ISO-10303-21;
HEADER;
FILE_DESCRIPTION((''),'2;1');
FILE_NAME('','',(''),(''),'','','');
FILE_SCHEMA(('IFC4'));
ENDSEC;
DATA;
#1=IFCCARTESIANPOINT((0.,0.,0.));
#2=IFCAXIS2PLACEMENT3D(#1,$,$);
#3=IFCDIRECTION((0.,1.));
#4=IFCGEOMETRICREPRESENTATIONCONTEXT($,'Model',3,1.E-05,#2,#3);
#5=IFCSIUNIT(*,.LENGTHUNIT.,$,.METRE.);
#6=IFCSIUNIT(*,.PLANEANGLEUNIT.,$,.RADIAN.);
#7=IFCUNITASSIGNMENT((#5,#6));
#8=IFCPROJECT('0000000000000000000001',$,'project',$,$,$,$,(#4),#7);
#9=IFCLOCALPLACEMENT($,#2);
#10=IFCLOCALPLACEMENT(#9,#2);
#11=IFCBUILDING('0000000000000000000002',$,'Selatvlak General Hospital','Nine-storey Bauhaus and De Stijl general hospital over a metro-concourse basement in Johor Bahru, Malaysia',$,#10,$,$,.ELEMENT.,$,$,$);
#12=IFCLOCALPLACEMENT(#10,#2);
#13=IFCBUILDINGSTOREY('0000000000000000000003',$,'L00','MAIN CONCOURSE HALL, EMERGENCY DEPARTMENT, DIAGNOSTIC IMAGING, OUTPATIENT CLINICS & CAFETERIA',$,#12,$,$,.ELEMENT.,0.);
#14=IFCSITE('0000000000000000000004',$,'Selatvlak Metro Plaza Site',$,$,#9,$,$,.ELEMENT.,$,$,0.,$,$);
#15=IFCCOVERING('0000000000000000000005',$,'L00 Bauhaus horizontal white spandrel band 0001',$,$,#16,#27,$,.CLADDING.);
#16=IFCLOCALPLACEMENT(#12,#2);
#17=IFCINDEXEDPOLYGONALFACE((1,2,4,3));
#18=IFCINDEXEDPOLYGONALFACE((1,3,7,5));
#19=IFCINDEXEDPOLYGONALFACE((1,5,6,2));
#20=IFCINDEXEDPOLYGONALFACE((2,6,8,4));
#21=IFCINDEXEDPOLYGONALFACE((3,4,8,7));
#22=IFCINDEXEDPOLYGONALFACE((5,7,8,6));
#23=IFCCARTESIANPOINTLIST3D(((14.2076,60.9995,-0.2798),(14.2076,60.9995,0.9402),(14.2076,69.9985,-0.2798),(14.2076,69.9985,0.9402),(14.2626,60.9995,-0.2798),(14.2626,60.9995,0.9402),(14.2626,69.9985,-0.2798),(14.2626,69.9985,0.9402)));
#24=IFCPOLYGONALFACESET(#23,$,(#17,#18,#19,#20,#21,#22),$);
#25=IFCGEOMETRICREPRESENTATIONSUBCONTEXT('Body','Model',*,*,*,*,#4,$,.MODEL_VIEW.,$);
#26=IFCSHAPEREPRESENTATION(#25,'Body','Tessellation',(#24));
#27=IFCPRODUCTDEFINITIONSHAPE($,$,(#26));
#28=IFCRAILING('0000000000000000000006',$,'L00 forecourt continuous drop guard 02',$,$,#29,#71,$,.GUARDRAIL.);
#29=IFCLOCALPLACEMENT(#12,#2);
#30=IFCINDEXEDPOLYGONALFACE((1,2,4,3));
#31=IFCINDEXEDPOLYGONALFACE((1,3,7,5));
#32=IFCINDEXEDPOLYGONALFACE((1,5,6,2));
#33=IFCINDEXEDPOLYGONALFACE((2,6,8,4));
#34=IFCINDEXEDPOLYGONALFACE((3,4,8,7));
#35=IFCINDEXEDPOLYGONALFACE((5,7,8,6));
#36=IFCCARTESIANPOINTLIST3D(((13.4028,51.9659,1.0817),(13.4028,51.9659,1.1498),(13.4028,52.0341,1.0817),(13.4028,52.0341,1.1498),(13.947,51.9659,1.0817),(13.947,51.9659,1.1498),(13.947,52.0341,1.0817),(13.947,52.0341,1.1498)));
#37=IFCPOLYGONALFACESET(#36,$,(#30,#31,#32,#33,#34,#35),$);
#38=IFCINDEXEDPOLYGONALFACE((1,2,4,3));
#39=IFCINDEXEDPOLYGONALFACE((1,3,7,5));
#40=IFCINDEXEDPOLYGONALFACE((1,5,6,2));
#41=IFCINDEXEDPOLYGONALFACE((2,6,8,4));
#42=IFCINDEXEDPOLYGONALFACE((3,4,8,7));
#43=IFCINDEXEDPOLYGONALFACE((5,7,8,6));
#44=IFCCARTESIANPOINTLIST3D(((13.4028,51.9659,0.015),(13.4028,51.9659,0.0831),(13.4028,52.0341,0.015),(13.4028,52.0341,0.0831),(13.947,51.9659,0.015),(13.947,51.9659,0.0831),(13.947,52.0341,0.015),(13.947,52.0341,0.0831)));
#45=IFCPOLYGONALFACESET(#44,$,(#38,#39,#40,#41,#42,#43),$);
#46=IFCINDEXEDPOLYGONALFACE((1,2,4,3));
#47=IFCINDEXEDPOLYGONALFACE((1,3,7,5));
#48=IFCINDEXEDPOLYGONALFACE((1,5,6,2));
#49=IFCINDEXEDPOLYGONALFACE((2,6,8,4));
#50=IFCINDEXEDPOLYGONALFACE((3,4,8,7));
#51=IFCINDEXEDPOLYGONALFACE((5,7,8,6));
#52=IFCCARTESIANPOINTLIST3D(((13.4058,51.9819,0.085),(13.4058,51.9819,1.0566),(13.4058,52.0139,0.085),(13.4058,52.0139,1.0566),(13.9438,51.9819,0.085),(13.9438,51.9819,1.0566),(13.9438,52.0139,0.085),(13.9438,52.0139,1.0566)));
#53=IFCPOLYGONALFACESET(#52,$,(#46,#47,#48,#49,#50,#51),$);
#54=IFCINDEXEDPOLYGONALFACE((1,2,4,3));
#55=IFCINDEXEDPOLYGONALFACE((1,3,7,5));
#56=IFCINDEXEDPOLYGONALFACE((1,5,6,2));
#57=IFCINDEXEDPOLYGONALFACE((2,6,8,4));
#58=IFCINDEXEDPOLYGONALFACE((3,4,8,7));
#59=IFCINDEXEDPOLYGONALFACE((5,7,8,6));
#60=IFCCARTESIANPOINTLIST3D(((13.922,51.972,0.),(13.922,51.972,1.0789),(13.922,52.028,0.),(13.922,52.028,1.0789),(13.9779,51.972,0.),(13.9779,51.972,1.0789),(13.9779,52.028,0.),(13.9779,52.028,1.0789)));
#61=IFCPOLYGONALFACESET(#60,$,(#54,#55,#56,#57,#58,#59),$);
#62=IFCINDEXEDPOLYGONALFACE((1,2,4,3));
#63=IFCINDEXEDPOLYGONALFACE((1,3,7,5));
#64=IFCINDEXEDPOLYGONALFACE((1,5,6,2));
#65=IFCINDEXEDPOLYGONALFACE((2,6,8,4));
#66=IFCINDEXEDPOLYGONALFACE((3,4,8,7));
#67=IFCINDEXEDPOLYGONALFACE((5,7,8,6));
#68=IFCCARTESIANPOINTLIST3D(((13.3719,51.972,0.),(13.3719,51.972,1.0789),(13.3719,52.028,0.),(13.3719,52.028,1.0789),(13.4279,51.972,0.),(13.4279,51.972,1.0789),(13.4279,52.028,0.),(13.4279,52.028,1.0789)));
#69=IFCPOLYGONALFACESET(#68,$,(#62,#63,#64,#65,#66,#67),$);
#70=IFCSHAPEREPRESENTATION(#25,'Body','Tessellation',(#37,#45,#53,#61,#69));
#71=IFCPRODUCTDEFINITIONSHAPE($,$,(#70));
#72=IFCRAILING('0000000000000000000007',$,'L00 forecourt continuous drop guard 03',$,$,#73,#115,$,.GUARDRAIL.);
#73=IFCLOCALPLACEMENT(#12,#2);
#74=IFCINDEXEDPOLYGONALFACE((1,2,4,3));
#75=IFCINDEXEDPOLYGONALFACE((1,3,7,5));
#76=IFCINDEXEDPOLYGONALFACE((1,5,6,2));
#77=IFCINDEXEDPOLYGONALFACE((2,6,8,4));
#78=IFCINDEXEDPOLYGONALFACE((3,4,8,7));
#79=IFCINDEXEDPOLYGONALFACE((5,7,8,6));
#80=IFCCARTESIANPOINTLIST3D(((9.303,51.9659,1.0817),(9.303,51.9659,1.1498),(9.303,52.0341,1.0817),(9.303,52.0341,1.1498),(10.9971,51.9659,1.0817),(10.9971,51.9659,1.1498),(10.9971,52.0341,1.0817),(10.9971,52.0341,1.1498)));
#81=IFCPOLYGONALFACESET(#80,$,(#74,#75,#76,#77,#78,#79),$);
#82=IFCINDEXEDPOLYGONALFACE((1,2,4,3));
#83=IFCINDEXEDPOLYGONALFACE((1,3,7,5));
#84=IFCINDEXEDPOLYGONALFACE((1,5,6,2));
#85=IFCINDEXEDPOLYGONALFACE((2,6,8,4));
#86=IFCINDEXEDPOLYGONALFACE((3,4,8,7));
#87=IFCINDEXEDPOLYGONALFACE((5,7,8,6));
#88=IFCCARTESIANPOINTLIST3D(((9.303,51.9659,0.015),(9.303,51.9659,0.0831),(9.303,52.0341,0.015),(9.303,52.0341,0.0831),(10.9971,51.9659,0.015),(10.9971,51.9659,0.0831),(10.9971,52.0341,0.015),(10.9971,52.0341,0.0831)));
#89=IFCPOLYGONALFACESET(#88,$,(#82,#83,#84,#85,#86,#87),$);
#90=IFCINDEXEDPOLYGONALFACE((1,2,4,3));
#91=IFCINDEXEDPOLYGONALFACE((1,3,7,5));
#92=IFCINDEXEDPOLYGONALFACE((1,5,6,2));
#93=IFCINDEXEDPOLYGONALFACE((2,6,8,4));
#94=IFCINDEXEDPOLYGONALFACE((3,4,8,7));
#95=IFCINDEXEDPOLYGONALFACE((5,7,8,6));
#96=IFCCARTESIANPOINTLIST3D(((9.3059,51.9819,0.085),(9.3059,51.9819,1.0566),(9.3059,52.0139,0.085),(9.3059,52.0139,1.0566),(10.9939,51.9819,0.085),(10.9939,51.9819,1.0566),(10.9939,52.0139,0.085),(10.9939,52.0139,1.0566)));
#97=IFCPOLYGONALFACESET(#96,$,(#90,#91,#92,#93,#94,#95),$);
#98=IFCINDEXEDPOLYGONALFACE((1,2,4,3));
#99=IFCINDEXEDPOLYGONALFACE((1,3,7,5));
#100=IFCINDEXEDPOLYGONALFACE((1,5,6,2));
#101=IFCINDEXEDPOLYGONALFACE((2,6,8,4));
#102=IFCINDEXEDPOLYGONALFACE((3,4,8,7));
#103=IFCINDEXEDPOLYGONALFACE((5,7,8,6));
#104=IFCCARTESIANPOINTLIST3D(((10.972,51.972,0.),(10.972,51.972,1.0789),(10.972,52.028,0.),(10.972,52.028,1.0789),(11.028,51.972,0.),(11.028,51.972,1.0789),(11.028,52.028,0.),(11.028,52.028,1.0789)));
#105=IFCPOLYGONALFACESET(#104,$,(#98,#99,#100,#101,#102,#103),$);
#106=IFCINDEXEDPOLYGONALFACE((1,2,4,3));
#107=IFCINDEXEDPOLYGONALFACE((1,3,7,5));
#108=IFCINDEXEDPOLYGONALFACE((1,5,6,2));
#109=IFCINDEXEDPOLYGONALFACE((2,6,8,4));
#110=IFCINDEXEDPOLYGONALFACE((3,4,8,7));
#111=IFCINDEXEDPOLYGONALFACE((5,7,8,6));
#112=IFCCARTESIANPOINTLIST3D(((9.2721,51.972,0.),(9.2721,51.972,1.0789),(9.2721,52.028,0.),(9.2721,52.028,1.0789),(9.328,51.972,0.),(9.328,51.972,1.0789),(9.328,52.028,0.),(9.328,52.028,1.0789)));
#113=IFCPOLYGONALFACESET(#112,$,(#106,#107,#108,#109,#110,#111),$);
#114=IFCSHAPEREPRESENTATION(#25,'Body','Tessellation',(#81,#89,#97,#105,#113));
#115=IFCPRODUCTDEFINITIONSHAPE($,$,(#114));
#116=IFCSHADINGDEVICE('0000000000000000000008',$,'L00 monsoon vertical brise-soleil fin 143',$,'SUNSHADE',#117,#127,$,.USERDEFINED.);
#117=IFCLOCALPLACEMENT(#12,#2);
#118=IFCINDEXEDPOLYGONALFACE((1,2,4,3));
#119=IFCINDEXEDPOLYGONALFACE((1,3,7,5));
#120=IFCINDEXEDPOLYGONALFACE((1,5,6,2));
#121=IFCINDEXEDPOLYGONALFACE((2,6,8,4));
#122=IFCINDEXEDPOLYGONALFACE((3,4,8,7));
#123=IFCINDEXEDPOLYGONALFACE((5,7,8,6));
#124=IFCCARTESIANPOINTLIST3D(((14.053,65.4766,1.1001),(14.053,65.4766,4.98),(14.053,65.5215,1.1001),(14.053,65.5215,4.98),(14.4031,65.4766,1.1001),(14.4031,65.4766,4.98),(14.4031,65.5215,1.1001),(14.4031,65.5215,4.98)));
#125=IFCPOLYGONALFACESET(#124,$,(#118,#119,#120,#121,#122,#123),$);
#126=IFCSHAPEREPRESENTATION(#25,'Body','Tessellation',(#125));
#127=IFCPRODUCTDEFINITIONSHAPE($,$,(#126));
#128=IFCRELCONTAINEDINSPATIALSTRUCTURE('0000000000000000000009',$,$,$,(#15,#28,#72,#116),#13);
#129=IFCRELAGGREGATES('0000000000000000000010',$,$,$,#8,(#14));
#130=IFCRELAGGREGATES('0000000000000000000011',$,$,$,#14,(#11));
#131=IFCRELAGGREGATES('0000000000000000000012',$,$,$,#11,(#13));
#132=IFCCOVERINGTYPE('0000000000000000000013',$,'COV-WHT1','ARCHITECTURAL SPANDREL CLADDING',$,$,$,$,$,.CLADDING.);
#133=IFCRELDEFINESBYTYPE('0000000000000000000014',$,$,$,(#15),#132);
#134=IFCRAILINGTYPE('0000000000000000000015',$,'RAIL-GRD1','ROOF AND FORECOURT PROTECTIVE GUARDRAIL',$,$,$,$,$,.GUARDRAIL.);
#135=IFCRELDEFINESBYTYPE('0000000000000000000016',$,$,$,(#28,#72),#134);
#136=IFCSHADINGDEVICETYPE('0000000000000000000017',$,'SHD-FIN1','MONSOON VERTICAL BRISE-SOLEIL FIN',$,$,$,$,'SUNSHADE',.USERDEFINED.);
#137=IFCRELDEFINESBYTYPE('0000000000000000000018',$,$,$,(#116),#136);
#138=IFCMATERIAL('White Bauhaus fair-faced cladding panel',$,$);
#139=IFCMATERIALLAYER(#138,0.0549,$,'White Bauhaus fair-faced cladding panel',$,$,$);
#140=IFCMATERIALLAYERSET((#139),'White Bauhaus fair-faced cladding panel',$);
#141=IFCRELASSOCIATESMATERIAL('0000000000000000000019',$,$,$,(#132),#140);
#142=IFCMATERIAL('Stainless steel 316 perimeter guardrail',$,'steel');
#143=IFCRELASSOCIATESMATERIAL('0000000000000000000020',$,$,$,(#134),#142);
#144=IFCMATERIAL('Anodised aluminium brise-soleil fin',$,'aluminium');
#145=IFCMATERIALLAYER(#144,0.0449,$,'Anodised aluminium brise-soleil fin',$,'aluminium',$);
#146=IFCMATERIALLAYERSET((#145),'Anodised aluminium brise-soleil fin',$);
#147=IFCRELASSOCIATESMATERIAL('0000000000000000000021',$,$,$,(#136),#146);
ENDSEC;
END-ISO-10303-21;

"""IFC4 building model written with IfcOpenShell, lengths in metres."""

from ifc_helpers import new_model, si_unit, direction, frame, origin, origin_2d, place, context, subcontext, project, spatial, polyline, rectangle, outline, extrude, material, layer, layer_set, type_object, element, save


model = new_model("IFC4")

# Units and contexts
model_context = context("Model", 3, precision=1e-05, world=origin(), true_north=direction((0.0, 1.0)))
body_context = subcontext(model_context, "Body", "Model", "MODEL_VIEW")
ifc_project = project(units=[si_unit("LENGTHUNIT", "METRE"), si_unit("PLANEANGLEUNIT", "RADIAN")], contexts=[model_context])

# Site, building, storey
site_placement = place(None, origin())
site = spatial("IfcSite", under=ifc_project, at=site_placement, Name="Selatvlak Metro Plaza Site", CompositionType="ELEMENT", RefElevation=0.0)
building_placement = place(site_placement, origin())
building = spatial("IfcBuilding", under=site, at=building_placement, Name="Selatvlak General Hospital", Description="Nine-storey Bauhaus and De Stijl general hospital over a metro-concourse basement in Johor Bahru, Malaysia", CompositionType="ELEMENT")
storey_placement = place(building_placement, origin())
storey = spatial("IfcBuildingStorey", under=building, at=storey_placement, Name="L00", Description="MAIN CONCOURSE HALL, EMERGENCY DEPARTMENT, DIAGNOSTIC IMAGING, OUTPATIENT CLINICS & CAFETERIA", CompositionType="ELEMENT", Elevation=0.0)

# Covering
ifc_material_1 = material(Name="White Bauhaus fair-faced cladding panel")
ifc_layer_1 = layer(ifc_material_1, 0.0549, Name="White Bauhaus fair-faced cladding panel")
ifc_layer_set_1 = layer_set([ifc_layer_1], Name="White Bauhaus fair-faced cladding panel")
covering_type = type_object("IfcCoveringType", Name="COV-WHT1", Description="ARCHITECTURAL SPANDREL CLADDING", PredefinedType="CLADDING", material=ifc_layer_set_1)
covering_placement = place(storey_placement, frame((14.2351, 65.499, -0.2798), z_axis=(0.0, 0.0, 1.0), x_axis=(0.0, 1.0, 0.0)))
element("IfcCovering", 1, at=covering_placement, inside=storey, type_object=covering_type, Name="L00 Bauhaus horizontal white spandrel band 0001", PredefinedType="CLADDING", context=body_context, shape_type="SweptSolid", body=[
    extrude(rectangle(XDim=8.999, YDim=0.0549, at=origin_2d()), origin(), (0.0, 0.0, 1.0), 1.22),
])

# Railings
ifc_material_2 = material(Name="Stainless steel 316 perimeter guardrail", Category="steel")
railing_type = type_object("IfcRailingType", Name="RAIL-GRD1", Description="ROOF AND FORECOURT PROTECTIVE GUARDRAIL", PredefinedType="GUARDRAIL", material=ifc_material_2)
railing_1_placement = place(storey_placement, frame((13.95, 52.0, 0.0)))
element("IfcRailing", 2, at=railing_1_placement, inside=storey, type_object=railing_type, Name="L00 forecourt continuous drop guard 02", PredefinedType="GUARDRAIL", context=body_context, shape_type="SweptSolid", body=[
    extrude(rectangle(XDim=0.0681, YDim=0.0681, at=origin_2d()), frame((-0.0029, 0.0, 1.1157), z_axis=(-1.0, 0.0, 0.0), x_axis=(0.0, -1.0, 0.0)), (0.0, 0.0, 1.0), 0.5442),
    extrude(rectangle(XDim=0.0681, YDim=0.0681, at=origin_2d()), frame((-0.0029, 0.0, 0.0491), z_axis=(-1.0, 0.0, 0.0), x_axis=(0.0, -1.0, 0.0)), (0.0, 0.0, 1.0), 0.5442),
    extrude(outline(polyline([(0.0, 0.0), (0.5381, 0.0), (0.5381, 0.9717), (0.0, 0.9717), (0.0, 0.0)])), frame((-0.0061, -0.0181, 0.085), z_axis=(0.0, 1.0, 0.0), x_axis=(-1.0, 0.0, 0.0)), (0.0, 0.0, 1.0), 0.032),
    extrude(rectangle(XDim=0.0559, YDim=0.0559, at=origin_2d()), origin(), (0.0, 0.0, 1.0), 1.0789),
    extrude(rectangle(XDim=0.0559, YDim=0.0559, at=origin_2d()), frame((-0.55, 0.0, 0.0)), (0.0, 0.0, 1.0), 1.0789),
])
railing_2_placement = place(storey_placement, frame((11.0, 52.0, 0.0)))
element("IfcRailing", 3, at=railing_2_placement, inside=storey, type_object=railing_type, Name="L00 forecourt continuous drop guard 03", PredefinedType="GUARDRAIL", context=body_context, shape_type="SweptSolid", body=[
    extrude(rectangle(XDim=0.0681, YDim=0.0681, at=origin_2d()), frame((-0.0029, 0.0, 1.1157), z_axis=(-1.0, 0.0, 0.0), x_axis=(0.0, -1.0, 0.0)), (0.0, 0.0, 1.0), 1.6941),
    extrude(rectangle(XDim=0.0681, YDim=0.0681, at=origin_2d()), frame((-0.0029, 0.0, 0.0491), z_axis=(-1.0, 0.0, 0.0), x_axis=(0.0, -1.0, 0.0)), (0.0, 0.0, 1.0), 1.6941),
    extrude(outline(polyline([(0.0, 0.0), (1.688, 0.0), (1.688, 0.9717), (0.0, 0.9717), (0.0, 0.0)])), frame((-0.0061, -0.0181, 0.085), z_axis=(0.0, 1.0, 0.0), x_axis=(-1.0, 0.0, 0.0)), (0.0, 0.0, 1.0), 0.032),
    extrude(rectangle(XDim=0.0559, YDim=0.0559, at=origin_2d()), origin(), (0.0, 0.0, 1.0), 1.0789),
    extrude(rectangle(XDim=0.0559, YDim=0.0559, at=origin_2d()), frame((-1.7, 0.0, 0.0)), (0.0, 0.0, 1.0), 1.0789),
])

# Shading device
ifc_material_3 = material(Name="Anodised aluminium brise-soleil fin", Category="aluminium")
ifc_layer_2 = layer(ifc_material_3, 0.0449, Name="Anodised aluminium brise-soleil fin", Category="aluminium")
ifc_layer_set_2 = layer_set([ifc_layer_2], Name="Anodised aluminium brise-soleil fin")
shading_device_type = type_object("IfcShadingDeviceType", Name="SHD-FIN1", Description="MONSOON VERTICAL BRISE-SOLEIL FIN", ElementType="SUNSHADE", PredefinedType="USERDEFINED", material=ifc_layer_set_2)
shading_device_placement = place(storey_placement, frame((14.228, 65.499, 1.1001), z_axis=(0.0, 0.0, 1.0), x_axis=(-1.0, 0.0, 0.0)))
element("IfcShadingDevice", 4, at=shading_device_placement, inside=storey, type_object=shading_device_type, Name="L00 monsoon vertical brise-soleil fin 143", ObjectType="SUNSHADE", PredefinedType="USERDEFINED", context=body_context, shape_type="SweptSolid", body=[
    extrude(rectangle(XDim=0.3501, YDim=0.0449, at=origin_2d()), origin(), (0.0, 0.0, 1.0), 3.8799),
])

save(model, "model.ifc")
